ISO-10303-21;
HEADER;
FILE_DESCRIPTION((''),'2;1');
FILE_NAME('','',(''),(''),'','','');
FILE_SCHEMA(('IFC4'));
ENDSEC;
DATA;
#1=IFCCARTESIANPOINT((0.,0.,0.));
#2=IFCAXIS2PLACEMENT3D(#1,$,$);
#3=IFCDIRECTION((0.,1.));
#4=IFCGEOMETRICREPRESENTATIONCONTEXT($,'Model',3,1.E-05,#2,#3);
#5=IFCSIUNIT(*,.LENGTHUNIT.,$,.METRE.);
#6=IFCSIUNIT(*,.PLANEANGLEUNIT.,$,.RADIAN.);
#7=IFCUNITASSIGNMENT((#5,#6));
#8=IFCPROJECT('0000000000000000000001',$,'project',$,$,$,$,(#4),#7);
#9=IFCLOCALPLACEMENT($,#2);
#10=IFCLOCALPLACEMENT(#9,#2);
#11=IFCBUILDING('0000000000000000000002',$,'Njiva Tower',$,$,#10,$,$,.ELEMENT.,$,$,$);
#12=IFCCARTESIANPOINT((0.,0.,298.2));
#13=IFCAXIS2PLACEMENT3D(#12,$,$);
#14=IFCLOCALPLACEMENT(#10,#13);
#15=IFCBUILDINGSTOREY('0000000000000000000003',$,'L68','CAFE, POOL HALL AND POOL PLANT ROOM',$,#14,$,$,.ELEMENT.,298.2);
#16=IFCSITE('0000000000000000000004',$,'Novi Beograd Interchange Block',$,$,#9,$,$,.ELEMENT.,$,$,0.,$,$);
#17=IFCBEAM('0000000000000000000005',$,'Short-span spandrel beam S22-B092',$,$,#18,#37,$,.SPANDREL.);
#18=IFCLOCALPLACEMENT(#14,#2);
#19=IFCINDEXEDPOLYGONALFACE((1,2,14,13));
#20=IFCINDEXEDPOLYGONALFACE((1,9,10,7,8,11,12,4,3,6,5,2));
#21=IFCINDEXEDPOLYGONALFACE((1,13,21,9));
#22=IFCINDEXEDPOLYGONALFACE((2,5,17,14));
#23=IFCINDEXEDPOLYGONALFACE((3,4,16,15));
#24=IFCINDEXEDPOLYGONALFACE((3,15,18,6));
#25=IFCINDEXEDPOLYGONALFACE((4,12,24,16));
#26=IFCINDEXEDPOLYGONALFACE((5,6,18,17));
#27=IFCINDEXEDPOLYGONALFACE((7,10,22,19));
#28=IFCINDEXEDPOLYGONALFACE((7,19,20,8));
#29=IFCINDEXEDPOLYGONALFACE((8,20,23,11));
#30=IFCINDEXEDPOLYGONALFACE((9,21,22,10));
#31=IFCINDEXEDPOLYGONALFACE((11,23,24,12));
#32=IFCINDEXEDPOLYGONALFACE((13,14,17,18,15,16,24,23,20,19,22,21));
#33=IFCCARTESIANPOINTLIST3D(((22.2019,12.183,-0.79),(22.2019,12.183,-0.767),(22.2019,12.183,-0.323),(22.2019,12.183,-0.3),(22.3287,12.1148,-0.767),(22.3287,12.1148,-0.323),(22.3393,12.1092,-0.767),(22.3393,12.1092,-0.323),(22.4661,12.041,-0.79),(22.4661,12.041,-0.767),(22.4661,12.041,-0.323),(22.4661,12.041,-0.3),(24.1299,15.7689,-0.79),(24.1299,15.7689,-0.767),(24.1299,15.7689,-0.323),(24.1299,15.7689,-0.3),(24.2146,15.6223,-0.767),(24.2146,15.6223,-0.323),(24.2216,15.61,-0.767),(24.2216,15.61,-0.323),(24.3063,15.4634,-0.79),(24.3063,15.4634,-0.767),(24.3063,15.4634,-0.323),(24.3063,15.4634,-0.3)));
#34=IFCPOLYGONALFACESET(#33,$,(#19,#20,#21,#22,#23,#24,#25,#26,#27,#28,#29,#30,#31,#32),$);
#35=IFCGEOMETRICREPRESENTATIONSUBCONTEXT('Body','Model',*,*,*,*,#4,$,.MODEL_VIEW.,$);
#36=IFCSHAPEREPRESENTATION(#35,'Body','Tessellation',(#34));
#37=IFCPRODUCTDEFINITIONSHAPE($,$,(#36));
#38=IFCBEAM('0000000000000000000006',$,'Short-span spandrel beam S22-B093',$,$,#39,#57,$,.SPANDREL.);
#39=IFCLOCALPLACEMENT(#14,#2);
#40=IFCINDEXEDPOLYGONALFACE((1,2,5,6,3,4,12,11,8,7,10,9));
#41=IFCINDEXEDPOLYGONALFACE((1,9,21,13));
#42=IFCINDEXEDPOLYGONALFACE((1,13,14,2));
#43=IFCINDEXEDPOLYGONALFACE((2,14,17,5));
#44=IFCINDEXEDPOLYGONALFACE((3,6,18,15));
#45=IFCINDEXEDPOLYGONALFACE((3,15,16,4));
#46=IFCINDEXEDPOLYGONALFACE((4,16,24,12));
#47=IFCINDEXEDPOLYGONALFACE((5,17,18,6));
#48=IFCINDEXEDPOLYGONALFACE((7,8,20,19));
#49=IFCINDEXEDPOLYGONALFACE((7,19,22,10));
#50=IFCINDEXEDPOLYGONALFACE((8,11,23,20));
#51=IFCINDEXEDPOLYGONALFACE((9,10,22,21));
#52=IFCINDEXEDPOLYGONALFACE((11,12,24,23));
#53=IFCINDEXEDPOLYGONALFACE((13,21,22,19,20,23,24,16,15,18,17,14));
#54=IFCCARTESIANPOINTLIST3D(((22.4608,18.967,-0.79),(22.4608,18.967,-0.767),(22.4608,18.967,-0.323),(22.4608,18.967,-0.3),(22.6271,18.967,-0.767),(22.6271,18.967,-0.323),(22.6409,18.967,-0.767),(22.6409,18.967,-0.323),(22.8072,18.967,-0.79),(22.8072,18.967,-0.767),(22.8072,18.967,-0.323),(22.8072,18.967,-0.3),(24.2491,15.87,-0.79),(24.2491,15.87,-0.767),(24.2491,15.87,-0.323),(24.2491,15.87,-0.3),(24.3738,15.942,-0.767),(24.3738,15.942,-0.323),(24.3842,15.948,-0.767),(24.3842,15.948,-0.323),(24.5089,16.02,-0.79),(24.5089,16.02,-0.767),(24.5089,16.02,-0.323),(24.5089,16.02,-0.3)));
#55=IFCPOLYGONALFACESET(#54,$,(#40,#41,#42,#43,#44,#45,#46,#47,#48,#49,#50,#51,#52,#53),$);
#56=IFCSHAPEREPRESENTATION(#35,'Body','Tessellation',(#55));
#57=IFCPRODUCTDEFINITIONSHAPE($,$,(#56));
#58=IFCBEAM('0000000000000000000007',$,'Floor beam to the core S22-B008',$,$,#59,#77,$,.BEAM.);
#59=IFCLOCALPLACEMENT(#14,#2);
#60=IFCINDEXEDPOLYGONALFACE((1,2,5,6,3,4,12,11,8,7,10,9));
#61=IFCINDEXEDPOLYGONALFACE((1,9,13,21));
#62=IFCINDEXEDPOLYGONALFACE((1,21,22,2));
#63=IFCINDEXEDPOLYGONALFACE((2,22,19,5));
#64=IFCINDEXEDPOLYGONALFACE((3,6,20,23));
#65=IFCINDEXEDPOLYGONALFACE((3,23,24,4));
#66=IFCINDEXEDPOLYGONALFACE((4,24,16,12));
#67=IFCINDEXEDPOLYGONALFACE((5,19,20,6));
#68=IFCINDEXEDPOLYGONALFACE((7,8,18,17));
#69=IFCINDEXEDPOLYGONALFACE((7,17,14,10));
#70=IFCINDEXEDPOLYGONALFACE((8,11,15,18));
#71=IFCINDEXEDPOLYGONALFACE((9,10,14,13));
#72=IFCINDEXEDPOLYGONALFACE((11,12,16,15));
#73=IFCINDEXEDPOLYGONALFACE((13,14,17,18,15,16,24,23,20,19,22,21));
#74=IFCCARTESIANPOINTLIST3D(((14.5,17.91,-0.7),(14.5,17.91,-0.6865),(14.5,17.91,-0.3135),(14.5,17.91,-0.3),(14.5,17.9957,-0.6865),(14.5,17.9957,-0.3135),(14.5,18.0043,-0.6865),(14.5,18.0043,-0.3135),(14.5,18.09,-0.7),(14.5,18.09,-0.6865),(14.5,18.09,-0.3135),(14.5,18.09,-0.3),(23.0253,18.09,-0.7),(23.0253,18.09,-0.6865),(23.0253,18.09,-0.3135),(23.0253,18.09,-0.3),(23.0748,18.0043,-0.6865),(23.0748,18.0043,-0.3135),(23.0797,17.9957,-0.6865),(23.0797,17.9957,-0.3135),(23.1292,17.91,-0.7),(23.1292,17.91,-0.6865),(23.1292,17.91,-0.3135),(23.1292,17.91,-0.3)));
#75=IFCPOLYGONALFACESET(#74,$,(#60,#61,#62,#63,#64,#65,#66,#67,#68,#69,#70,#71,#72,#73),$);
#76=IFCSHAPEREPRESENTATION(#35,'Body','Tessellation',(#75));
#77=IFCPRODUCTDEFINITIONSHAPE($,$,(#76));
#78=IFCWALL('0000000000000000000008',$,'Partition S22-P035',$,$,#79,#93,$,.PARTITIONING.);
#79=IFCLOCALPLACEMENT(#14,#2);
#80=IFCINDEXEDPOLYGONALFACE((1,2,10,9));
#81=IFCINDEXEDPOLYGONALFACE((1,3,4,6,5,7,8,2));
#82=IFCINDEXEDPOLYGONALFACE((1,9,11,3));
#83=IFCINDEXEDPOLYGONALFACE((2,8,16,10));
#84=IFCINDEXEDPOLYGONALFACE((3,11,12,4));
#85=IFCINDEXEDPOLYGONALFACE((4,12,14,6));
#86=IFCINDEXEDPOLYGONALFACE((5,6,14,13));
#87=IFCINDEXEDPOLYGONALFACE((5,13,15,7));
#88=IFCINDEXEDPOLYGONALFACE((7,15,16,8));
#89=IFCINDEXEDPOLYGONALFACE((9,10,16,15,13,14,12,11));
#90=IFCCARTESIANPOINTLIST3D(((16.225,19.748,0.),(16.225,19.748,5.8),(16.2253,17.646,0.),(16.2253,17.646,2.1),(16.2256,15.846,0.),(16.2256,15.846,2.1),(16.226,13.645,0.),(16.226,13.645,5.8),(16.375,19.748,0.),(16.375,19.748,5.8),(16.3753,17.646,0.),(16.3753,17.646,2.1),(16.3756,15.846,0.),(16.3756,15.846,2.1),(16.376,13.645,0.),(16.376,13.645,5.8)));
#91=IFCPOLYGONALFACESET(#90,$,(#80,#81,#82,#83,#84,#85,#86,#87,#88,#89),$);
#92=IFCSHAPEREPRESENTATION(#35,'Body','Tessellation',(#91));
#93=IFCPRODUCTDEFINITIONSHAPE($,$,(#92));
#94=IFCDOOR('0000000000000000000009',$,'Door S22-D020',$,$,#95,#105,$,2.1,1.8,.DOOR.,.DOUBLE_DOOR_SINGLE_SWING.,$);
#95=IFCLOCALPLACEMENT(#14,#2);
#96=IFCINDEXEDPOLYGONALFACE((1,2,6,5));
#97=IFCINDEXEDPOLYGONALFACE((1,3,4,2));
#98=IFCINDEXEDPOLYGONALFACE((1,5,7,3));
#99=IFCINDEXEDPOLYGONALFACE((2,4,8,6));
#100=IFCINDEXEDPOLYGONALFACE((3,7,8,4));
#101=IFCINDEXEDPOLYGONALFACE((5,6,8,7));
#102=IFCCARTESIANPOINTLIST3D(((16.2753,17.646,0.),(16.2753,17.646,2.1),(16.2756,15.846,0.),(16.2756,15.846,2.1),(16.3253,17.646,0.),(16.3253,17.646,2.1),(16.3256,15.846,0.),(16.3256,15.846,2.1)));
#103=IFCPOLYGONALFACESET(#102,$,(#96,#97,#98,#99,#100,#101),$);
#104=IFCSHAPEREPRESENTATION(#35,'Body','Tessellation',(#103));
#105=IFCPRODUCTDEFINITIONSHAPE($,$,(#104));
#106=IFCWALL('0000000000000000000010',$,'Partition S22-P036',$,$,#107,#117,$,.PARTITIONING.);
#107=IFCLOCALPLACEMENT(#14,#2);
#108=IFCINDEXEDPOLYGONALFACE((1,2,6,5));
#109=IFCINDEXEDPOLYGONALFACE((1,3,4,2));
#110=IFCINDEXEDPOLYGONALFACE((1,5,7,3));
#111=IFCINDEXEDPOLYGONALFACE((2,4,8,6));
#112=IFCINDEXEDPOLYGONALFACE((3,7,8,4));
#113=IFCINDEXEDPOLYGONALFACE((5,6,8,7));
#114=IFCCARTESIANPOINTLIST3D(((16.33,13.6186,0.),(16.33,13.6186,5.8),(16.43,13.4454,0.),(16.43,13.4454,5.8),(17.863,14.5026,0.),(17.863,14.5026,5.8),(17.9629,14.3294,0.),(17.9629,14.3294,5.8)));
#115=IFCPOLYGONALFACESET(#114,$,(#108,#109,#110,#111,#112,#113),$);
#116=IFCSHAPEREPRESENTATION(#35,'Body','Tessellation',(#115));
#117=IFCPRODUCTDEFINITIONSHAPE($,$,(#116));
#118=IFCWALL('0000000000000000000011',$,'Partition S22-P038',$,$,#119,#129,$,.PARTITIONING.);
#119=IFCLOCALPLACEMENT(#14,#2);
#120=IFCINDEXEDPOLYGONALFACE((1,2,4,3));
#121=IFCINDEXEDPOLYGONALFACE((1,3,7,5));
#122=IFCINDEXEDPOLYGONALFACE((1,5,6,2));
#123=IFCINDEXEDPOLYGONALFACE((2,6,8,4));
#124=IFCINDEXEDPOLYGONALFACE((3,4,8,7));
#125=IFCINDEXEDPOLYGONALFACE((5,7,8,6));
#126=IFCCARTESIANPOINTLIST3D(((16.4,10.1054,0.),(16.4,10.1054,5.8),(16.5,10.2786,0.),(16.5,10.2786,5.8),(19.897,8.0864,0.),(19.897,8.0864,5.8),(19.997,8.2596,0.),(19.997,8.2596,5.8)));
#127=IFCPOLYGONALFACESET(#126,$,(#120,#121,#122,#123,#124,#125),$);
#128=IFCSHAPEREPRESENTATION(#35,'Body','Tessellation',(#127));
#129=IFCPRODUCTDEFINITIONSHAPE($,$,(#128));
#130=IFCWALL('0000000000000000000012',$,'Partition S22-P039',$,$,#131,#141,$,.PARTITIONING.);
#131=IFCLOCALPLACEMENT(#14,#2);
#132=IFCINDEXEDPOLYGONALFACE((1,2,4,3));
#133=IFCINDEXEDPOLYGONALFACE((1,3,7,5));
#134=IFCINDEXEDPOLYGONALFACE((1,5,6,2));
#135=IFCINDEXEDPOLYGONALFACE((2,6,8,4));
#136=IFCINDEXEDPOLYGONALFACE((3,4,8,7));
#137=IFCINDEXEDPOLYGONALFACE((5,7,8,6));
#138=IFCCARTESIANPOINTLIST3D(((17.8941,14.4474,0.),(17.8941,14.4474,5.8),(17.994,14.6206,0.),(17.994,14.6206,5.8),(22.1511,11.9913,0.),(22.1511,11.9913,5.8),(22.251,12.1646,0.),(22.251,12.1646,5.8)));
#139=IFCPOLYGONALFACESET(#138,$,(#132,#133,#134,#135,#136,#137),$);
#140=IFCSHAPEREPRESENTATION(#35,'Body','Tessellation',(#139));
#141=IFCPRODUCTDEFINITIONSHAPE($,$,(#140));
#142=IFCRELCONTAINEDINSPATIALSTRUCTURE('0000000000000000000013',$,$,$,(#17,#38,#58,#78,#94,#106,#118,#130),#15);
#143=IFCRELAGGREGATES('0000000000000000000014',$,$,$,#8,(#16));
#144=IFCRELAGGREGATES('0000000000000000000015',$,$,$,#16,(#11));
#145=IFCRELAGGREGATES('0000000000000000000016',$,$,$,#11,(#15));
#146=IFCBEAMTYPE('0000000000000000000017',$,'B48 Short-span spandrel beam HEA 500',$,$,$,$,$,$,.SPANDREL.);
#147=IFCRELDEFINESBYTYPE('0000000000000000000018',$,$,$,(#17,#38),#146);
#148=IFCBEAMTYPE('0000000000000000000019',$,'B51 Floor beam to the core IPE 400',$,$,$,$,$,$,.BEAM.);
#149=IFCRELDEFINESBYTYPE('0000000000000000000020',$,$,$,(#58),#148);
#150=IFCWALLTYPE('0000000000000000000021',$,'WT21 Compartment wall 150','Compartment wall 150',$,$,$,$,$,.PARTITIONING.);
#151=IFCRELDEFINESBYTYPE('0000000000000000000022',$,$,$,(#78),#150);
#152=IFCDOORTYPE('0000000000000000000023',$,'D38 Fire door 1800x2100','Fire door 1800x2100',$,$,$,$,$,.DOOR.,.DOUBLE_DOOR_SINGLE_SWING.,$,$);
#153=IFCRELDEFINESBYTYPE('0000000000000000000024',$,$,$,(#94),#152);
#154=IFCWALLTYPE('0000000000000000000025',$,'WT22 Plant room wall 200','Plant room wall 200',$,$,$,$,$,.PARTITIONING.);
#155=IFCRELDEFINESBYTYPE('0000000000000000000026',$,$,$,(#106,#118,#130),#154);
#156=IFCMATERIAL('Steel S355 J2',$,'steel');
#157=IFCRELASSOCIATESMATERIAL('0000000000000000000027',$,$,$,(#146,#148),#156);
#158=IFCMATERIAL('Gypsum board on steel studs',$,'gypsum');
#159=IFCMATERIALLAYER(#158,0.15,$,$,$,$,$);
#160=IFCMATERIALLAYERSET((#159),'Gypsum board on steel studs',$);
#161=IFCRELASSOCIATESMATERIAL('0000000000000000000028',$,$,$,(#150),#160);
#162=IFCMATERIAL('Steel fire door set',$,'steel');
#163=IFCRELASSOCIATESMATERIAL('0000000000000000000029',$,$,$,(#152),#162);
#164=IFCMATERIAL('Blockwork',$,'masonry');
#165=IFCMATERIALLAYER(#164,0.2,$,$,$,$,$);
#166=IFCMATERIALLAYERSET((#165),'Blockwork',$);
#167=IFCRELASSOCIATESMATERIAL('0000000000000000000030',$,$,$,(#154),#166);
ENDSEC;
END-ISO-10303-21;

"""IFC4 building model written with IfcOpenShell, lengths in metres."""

from ifc_helpers import new_model, si_unit, direction, frame, frame_2d, origin, origin_2d, place, context, subcontext, project, spatial, rectangle, i_section, extrude, clip, halfspace, material, layer, layer_set, material_profile, profile_set, type_object, element, fill, save


model = new_model("IFC4")

# Units and contexts
model_context = context("Model", 3, precision=1e-05, world=origin(), true_north=direction((0.0, 1.0)))
body_context = subcontext(model_context, "Body", "Model", "MODEL_VIEW")
ifc_project = project(units=[si_unit("LENGTHUNIT", "METRE"), si_unit("PLANEANGLEUNIT", "RADIAN")], contexts=[model_context])

# Site, building, storey
site_placement = place(None, origin())
site = spatial("IfcSite", under=ifc_project, at=site_placement, Name="Novi Beograd Interchange Block", CompositionType="ELEMENT", RefElevation=0.0)
building_placement = place(site_placement, origin())
building = spatial("IfcBuilding", under=site, at=building_placement, Name="Njiva Tower", CompositionType="ELEMENT")
storey_placement = place(building_placement, frame((0.0, 0.0, 298.2)))
storey = spatial("IfcBuildingStorey", under=building, at=storey_placement, Name="L68", Description="CAFE, POOL HALL AND POOL PLANT ROOM", CompositionType="ELEMENT", Elevation=298.2)

# Shared definitions
ifc_material_1 = material(Name="Steel S355 J2", Category="steel")

# Beams
ifc_material_profile_1 = material_profile(ifc_material_1, i_section(OverallWidth=0.3, OverallDepth=0.49, WebThickness=0.012, FlangeThickness=0.023, at=origin_2d()), Name="HEA 500")
ifc_profile_set_1 = profile_set([ifc_material_profile_1], Name="Steel S355 J2")
beam_type_1 = type_object("IfcBeamType", Name="B48 Short-span spandrel beam HEA 500", PredefinedType="SPANDREL", material=ifc_profile_set_1)
beam_1_placement = place(storey_placement, frame((22.334, 12.112, -0.545), z_axis=(0.47356, 0.880761, 0.0), x_axis=(-0.880761, 0.47356, 0.0)))
element("IfcBeam", 1, at=beam_1_placement, inside=storey, type_object=beam_type_1, Name="Short-span spandrel beam S22-B092", PredefinedType="SPANDREL", context=body_context, shape_type="Clipping", body=[
    clip(extrude(i_section(OverallWidth=0.3, OverallDepth=0.49, WebThickness=0.012, FlangeThickness=0.023, at=origin_2d()), origin(), (0.0, 0.0, 1.0), 4.0914), halfspace(frame((-0.0266, 0.0, 3.9621), z_axis=(-0.525984, 0.0, 0.850495), x_axis=(0.0, 1.0, 0.0)), False)),
])
beam_2_placement = place(storey_placement, frame((24.379, 15.945, -0.545), z_axis=(-0.500053, 0.865995, 0.0), x_axis=(-0.865995, -0.500053, 0.0)))
element("IfcBeam", 2, at=beam_2_placement, inside=storey, type_object=beam_type_1, Name="Short-span spandrel beam S22-B093", PredefinedType="SPANDREL", context=body_context, shape_type="Clipping", body=[
    clip(extrude(i_section(OverallWidth=0.3, OverallDepth=0.49, WebThickness=0.012, FlangeThickness=0.023, at=origin_2d()), origin(), (0.0, 0.0, 1.0), 3.5966), halfspace(frame((-0.0254, 0.0, 3.475), z_axis=(-0.500053, 0.0, 0.865995), x_axis=(0.0, 1.0, 0.0)), False)),
])
ifc_material_profile_2 = material_profile(ifc_material_1, i_section(OverallWidth=0.18, OverallDepth=0.4, WebThickness=0.0086, FlangeThickness=0.0135, at=origin_2d()), Name="IPE 400")
ifc_profile_set_2 = profile_set([ifc_material_profile_2], Name="Steel S355 J2")
beam_type_2 = type_object("IfcBeamType", Name="B51 Floor beam to the core IPE 400", PredefinedType="BEAM", material=ifc_profile_set_2)
beam_3_placement = place(storey_placement, frame((14.5, 18.0, -0.5), z_axis=(1.0, 0.0, 0.0), x_axis=(0.0, 1.0, 0.0)))
element("IfcBeam", 3, at=beam_3_placement, inside=storey, type_object=beam_type_2, Name="Floor beam to the core S22-B008", PredefinedType="BEAM", context=body_context, shape_type="Clipping", body=[
    clip(extrude(i_section(OverallWidth=0.18, OverallDepth=0.4, WebThickness=0.0086, FlangeThickness=0.0135, at=origin_2d()), origin(), (0.0, 0.0, 1.0), 8.649), halfspace(frame((0.025, 0.0, 8.5628), z_axis=(0.499998, 0.0, 0.866027), x_axis=(0.0, 1.0, 0.0)), False)),
])

# Wall, opening, door
ifc_material_2 = material(Name="Gypsum board on steel studs", Category="gypsum")
ifc_layer_1 = layer(ifc_material_2, 0.15)
ifc_layer_set_1 = layer_set([ifc_layer_1], Name="Gypsum board on steel studs")
wall_type_1 = type_object("IfcWallType", Name="WT21 Compartment wall 150", Description="Compartment wall 150", PredefinedType="PARTITIONING", material=ifc_layer_set_1)
wall_1_placement = place(storey_placement, frame((16.3, 19.748, 0.0), z_axis=(0.0, 0.0, 1.0), x_axis=(0.000164, -1.0, 0.0)))
wall_1 = element("IfcWall", 4, at=wall_1_placement, inside=storey, type_object=wall_type_1, Name="Partition S22-P035", PredefinedType="PARTITIONING", context=body_context, shape_type="SweptSolid", body=[
    extrude(rectangle(XDim=6.103, YDim=0.15, at=frame_2d((3.0515, 0.0))), origin(), (0.0, 0.0, 1.0), 5.8),
])
opening_1_placement = place(wall_1_placement, frame((2.102, 0.0, 0.0)))
opening_1 = element("IfcOpeningElement", 5, at=opening_1_placement, cuts=wall_1, PredefinedType="OPENING", context=body_context, shape_type="SweptSolid", body=[
    extrude(rectangle(XDim=1.8, YDim=2.1, at=frame_2d((0.9, 1.05))), frame((0.0, 0.085, 0.0), z_axis=(0.0, -1.0, 0.0), x_axis=(1.0, 0.0, 0.0)), (0.0, 0.0, 1.0), 0.17),
])
ifc_material_3 = material(Name="Steel fire door set", Category="steel")
door_type = type_object("IfcDoorType", Name="D38 Fire door 1800x2100", Description="Fire door 1800x2100", OperationType="DOUBLE_DOOR_SINGLE_SWING", PredefinedType="DOOR", material=ifc_material_3)
door_placement = place(opening_1_placement, origin())
door = element("IfcDoor", 6, at=door_placement, inside=storey, type_object=door_type, Name="Door S22-D020", OperationType="DOUBLE_DOOR_SINGLE_SWING", OverallHeight=2.1, OverallWidth=1.8, PredefinedType="DOOR", context=body_context, shape_type="SweptSolid", body=[
    extrude(rectangle(XDim=1.8, YDim=2.1, at=frame_2d((0.9, 1.05))), frame((0.0, 0.025, 0.0), z_axis=(0.0, -1.0, 0.0), x_axis=(1.0, 0.0, 0.0)), (0.0, 0.0, 1.0), 0.05),
])
fill(opening_1, door)

# Walls
ifc_material_4 = material(Name="Blockwork", Category="masonry")
ifc_layer_2 = layer(ifc_material_4, 0.2)
ifc_layer_set_2 = layer_set([ifc_layer_2], Name="Blockwork")
wall_type_2 = type_object("IfcWallType", Name="WT22 Plant room wall 200", Description="Plant room wall 200", PredefinedType="PARTITIONING", material=ifc_layer_set_2)
wall_2_placement = place(storey_placement, frame((16.38, 13.532, 0.0), z_axis=(0.0, 0.0, 1.0), x_axis=(0.866289, 0.499543, 0.0)))
element("IfcWall", 7, at=wall_2_placement, inside=storey, type_object=wall_type_2, Name="Partition S22-P036", PredefinedType="PARTITIONING", context=body_context, shape_type="SweptSolid", body=[
    extrude(rectangle(XDim=1.7696, YDim=0.2, at=frame_2d((0.8848, 0.0))), origin(), (0.0, 0.0, 1.0), 5.8),
])
wall_3_placement = place(storey_placement, frame((16.45, 10.192, 0.0), z_axis=(0.0, 0.0, 1.0), x_axis=(0.866025, -0.500001, 0.0)))
element("IfcWall", 8, at=wall_3_placement, inside=storey, type_object=wall_type_2, Name="Partition S22-P038", PredefinedType="PARTITIONING", context=body_context, shape_type="SweptSolid", body=[
    extrude(rectangle(XDim=4.038, YDim=0.2, at=frame_2d((2.019, 0.0))), origin(), (0.0, 0.0, 1.0), 5.8),
])
wall_4_placement = place(storey_placement, frame((17.944, 14.534, 0.0), z_axis=(0.0, 0.0, 1.0), x_axis=(0.866182, -0.499728, 0.0)))
element("IfcWall", 9, at=wall_4_placement, inside=storey, type_object=wall_type_2, Name="Partition S22-P039", PredefinedType="PARTITIONING", context=body_context, shape_type="SweptSolid", body=[
    extrude(rectangle(XDim=4.9147, YDim=0.2, at=frame_2d((2.4574, 0.0))), origin(), (0.0, 0.0, 1.0), 5.8),
])

save(model, "model.ifc")
